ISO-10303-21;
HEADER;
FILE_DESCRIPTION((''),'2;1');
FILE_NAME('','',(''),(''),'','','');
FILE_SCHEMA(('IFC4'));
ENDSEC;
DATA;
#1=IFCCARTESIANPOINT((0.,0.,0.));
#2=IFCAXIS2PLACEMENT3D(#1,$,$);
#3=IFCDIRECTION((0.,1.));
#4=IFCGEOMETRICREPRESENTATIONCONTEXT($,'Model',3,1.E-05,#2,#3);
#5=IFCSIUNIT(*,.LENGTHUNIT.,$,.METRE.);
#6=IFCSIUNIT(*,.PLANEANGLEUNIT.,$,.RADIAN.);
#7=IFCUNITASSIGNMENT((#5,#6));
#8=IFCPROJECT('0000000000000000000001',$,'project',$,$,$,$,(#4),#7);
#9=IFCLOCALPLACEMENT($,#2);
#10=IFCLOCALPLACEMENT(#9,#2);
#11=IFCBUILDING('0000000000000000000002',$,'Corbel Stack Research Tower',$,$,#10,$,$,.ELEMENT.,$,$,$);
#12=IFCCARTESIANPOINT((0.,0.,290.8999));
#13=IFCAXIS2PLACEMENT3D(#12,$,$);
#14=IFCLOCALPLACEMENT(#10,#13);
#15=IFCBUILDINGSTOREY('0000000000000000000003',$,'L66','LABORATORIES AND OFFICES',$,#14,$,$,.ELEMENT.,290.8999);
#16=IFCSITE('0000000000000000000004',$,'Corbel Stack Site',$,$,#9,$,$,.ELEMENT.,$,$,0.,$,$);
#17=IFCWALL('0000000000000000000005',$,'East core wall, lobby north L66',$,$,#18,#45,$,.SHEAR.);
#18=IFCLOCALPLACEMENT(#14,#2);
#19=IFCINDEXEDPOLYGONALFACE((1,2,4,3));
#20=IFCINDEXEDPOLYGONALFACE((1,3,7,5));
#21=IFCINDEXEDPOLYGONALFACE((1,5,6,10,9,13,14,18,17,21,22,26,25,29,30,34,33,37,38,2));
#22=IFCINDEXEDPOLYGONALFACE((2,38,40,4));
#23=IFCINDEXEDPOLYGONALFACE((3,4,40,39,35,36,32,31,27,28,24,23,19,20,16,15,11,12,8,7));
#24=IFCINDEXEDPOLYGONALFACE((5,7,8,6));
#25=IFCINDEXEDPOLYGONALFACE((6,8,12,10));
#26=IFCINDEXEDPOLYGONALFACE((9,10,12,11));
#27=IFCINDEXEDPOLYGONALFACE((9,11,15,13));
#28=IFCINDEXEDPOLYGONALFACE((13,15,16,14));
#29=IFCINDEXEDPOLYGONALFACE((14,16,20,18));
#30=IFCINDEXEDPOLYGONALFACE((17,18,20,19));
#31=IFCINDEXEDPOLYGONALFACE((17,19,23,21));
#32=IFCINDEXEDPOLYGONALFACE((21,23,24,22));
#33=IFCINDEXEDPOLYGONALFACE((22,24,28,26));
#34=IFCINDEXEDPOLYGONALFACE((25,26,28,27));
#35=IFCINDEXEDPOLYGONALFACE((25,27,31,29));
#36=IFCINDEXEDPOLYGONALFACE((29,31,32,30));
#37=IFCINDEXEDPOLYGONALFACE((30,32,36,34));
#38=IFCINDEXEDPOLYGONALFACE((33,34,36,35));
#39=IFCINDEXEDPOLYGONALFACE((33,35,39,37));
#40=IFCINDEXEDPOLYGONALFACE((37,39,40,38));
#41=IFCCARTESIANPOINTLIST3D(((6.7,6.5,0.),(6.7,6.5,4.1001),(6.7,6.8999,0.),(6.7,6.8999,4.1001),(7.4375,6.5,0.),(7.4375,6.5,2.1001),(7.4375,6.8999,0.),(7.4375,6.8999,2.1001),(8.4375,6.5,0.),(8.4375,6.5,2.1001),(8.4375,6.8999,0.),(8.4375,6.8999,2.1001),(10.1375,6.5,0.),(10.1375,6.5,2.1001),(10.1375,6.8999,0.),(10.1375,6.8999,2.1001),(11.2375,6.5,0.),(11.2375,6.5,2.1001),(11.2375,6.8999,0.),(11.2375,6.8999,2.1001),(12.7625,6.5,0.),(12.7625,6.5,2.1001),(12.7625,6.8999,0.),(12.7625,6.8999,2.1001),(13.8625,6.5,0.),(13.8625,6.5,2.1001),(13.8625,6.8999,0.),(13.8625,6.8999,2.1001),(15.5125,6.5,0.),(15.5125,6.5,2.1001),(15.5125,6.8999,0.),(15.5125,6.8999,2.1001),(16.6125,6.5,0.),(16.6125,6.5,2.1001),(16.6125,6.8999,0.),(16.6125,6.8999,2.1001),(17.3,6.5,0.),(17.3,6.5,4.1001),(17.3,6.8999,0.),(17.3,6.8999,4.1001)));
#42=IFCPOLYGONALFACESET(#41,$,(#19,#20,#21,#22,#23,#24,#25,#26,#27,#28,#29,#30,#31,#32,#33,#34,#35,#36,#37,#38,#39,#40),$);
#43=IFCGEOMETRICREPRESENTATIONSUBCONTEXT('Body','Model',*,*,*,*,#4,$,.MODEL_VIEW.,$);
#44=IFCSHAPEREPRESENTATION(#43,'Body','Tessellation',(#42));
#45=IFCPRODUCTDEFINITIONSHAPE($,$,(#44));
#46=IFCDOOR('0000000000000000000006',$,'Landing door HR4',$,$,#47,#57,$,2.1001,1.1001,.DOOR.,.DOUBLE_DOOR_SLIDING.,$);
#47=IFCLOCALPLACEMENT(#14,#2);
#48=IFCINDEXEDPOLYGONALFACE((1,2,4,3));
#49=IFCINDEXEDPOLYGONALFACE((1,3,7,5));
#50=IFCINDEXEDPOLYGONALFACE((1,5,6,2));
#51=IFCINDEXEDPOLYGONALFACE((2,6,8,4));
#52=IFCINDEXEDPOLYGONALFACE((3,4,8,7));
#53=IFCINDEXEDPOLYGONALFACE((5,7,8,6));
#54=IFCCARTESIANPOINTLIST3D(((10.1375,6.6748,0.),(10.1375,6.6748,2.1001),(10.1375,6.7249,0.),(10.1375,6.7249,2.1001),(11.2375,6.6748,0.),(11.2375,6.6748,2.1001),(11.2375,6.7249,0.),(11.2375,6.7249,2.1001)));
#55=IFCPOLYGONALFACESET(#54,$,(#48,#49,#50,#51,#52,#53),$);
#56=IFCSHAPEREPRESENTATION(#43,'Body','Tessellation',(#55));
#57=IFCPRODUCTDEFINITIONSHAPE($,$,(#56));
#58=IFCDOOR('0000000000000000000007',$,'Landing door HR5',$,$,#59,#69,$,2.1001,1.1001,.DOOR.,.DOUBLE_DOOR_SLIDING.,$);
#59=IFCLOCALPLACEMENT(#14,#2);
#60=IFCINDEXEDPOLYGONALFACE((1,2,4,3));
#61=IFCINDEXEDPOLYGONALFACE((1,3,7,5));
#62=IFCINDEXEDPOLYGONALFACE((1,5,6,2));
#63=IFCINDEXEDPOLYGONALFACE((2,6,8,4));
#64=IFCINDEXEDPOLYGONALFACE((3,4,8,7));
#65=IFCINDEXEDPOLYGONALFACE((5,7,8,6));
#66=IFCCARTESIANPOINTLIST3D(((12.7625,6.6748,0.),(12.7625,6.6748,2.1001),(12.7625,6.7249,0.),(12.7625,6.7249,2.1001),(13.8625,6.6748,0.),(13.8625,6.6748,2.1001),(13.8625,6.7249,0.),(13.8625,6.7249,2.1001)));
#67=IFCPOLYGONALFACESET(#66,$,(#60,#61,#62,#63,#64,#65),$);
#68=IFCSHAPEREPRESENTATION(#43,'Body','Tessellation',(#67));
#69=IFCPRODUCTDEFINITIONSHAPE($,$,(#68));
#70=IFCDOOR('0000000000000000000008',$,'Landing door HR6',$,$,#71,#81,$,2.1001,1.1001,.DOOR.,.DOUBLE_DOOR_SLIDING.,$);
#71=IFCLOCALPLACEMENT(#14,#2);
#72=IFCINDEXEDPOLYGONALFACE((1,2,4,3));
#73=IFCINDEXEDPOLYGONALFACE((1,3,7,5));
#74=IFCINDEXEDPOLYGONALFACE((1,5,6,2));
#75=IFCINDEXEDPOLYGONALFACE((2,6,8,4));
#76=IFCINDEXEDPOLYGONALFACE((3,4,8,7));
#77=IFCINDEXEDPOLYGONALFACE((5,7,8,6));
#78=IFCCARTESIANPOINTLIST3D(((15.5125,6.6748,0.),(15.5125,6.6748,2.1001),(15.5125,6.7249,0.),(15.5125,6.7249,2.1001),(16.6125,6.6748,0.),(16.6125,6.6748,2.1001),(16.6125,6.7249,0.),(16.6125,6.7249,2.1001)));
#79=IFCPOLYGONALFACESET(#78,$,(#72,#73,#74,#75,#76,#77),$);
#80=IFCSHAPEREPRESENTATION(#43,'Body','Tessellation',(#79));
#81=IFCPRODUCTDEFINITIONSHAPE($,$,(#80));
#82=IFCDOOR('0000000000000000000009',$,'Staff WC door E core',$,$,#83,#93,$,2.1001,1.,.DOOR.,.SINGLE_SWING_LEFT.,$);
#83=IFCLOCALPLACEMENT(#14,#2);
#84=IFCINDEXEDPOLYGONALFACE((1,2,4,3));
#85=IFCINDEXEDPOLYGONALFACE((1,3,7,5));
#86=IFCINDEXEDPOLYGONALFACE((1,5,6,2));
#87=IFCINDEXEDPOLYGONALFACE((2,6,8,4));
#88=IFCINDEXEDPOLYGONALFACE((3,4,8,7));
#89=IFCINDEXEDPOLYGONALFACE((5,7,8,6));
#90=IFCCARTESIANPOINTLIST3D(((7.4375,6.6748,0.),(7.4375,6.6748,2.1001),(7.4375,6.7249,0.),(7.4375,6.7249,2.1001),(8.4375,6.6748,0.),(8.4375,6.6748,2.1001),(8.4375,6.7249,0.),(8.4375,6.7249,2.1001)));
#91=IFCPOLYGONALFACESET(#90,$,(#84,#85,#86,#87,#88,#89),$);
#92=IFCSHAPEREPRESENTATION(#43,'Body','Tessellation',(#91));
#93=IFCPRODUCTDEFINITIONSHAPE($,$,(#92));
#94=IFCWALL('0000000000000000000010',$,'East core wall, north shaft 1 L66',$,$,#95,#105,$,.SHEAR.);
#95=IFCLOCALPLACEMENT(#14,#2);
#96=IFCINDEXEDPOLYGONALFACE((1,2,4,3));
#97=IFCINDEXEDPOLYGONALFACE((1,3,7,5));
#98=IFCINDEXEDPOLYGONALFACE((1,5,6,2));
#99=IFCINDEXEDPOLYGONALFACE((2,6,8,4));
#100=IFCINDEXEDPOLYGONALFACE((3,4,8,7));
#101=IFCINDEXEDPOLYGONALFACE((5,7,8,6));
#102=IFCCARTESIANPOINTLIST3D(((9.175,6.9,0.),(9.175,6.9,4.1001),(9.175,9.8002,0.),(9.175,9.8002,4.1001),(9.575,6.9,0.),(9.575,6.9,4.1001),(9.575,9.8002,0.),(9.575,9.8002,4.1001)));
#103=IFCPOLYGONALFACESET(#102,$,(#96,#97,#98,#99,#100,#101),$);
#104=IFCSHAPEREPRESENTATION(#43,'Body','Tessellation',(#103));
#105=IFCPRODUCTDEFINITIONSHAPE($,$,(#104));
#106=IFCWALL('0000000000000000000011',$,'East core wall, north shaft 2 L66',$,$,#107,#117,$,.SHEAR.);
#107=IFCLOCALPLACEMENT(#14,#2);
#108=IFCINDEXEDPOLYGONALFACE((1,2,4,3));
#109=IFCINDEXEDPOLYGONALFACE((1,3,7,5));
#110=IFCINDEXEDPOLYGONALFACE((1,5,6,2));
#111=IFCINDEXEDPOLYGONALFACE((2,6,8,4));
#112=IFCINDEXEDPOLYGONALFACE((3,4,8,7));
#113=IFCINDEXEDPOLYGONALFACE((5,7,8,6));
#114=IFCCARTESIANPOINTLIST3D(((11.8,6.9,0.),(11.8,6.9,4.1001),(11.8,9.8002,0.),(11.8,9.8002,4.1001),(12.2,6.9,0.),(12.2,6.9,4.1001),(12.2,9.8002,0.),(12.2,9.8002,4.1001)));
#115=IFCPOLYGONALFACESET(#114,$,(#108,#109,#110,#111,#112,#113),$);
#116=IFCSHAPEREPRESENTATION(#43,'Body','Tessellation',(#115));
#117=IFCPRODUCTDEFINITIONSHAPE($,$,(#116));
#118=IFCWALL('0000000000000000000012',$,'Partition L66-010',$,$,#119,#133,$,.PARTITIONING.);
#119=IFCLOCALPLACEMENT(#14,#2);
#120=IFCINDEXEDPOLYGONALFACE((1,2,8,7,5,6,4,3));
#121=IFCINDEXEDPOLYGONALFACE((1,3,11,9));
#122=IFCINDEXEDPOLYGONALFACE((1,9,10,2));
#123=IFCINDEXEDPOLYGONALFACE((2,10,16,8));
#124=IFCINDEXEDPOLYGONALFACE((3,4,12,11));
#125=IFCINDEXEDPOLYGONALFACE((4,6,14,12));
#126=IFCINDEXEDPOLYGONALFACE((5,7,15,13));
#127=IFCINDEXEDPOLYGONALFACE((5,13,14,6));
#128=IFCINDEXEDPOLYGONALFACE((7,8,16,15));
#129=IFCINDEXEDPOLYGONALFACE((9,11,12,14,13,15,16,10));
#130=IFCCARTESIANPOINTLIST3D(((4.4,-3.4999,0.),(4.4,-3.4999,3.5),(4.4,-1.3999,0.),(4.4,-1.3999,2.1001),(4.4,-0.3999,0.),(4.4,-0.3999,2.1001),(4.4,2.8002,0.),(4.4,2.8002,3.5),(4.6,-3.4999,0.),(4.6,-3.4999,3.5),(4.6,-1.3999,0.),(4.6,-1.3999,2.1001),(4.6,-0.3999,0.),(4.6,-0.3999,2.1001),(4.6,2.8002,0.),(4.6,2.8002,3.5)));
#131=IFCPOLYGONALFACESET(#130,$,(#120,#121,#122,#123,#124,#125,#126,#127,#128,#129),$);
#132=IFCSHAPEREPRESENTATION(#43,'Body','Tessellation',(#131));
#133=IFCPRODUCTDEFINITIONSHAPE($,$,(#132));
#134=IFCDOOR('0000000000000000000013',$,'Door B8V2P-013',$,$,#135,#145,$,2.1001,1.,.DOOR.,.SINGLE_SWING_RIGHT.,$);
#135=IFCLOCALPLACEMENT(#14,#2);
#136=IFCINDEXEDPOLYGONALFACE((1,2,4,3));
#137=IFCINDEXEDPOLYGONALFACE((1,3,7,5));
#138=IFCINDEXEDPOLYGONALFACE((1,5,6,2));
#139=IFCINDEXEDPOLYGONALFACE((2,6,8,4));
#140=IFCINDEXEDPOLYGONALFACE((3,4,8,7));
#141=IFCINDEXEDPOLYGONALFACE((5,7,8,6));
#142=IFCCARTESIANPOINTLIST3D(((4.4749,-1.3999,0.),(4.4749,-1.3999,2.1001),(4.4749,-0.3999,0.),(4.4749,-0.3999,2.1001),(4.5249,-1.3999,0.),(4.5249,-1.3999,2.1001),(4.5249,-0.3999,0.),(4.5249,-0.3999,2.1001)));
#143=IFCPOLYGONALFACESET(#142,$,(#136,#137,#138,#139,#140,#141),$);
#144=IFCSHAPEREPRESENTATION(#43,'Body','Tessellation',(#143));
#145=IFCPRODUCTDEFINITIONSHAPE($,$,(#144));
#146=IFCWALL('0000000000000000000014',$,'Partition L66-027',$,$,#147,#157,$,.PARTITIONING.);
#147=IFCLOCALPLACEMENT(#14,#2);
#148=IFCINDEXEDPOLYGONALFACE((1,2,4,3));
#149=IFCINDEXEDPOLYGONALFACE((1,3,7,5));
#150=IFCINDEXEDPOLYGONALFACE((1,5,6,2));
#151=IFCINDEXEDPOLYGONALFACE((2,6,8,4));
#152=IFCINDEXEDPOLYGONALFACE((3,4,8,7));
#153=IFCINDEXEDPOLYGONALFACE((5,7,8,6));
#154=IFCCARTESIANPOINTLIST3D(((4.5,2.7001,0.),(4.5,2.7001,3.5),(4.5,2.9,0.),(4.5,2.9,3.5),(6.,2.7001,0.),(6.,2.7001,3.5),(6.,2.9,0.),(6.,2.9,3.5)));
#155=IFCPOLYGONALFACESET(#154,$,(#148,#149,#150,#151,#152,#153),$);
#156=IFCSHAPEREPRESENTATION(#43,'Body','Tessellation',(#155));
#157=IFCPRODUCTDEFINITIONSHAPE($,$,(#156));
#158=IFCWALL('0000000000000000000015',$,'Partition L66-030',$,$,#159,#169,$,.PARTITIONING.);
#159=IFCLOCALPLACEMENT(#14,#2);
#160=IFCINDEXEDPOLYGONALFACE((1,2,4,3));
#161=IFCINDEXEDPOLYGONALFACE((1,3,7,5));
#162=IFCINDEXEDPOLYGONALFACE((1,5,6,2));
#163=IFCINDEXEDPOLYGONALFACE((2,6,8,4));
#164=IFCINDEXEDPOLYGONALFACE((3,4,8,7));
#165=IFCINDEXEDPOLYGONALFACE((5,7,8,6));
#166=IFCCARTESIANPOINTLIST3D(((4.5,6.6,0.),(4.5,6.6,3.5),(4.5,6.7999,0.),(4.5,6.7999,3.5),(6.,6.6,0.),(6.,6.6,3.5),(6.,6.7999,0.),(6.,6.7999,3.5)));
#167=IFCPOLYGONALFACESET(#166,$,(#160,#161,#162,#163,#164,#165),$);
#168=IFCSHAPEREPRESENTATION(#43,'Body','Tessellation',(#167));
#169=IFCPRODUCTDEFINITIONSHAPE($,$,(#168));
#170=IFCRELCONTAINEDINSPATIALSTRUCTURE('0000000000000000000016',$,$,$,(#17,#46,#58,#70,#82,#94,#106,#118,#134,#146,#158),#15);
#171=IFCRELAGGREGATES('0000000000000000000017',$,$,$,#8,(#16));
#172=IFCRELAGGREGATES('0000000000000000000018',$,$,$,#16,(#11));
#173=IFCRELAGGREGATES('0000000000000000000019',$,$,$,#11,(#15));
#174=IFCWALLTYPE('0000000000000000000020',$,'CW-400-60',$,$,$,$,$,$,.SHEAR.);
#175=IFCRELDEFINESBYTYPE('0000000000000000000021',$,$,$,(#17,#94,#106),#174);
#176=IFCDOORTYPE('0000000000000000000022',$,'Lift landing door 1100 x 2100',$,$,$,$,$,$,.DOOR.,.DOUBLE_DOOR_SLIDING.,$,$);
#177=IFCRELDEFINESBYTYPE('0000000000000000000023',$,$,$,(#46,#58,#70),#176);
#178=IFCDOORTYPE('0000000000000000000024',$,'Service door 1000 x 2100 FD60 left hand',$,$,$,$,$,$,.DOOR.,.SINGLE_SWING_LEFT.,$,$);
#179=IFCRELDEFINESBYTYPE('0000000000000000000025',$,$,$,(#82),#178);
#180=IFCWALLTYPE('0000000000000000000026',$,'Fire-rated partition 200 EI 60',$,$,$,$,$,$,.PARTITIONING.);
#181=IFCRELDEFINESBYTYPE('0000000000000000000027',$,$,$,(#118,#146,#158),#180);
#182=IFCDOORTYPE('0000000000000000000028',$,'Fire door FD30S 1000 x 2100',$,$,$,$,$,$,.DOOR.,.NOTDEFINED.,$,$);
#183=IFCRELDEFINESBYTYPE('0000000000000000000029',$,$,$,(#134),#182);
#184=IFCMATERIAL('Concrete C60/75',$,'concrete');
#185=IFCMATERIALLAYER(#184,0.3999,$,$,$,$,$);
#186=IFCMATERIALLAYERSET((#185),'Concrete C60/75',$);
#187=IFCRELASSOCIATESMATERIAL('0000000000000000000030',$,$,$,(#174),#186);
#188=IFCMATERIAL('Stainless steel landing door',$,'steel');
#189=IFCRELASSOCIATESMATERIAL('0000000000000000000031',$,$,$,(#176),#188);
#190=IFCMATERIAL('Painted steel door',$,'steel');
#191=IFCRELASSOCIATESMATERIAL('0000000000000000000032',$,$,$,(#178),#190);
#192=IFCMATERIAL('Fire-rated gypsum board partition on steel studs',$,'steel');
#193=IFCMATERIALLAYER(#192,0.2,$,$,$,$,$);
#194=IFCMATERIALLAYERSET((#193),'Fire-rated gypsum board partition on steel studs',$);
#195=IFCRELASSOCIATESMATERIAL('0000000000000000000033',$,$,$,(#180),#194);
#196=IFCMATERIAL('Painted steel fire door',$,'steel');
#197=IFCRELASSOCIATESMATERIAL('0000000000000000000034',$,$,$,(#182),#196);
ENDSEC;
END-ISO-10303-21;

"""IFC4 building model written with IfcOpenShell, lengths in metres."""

from ifc_helpers import new_model, si_unit, direction, frame, frame_2d, origin, place, context, subcontext, project, spatial, rectangle, extrude, material, layer, layer_set, type_object, element, fill, save


model = new_model("IFC4")

# Units and contexts
model_context = context("Model", 3, precision=1e-05, world=origin(), true_north=direction((0.0, 1.0)))
body_context = subcontext(model_context, "Body", "Model", "MODEL_VIEW")
ifc_project = project(units=[si_unit("LENGTHUNIT", "METRE"), si_unit("PLANEANGLEUNIT", "RADIAN")], contexts=[model_context])

# Site, building, storey
site_placement = place(None, origin())
site = spatial("IfcSite", under=ifc_project, at=site_placement, Name="Corbel Stack Site", CompositionType="ELEMENT", RefElevation=0.0)
building_placement = place(site_placement, origin())
building = spatial("IfcBuilding", under=site, at=building_placement, Name="Corbel Stack Research Tower", CompositionType="ELEMENT")
storey_placement = place(building_placement, frame((0.0, 0.0, 290.8999)))
storey = spatial("IfcBuildingStorey", under=building, at=storey_placement, Name="L66", Description="LABORATORIES AND OFFICES", CompositionType="ELEMENT", Elevation=290.8999)

# Wall, openings, doors
ifc_material_1 = material(Name="Concrete C60/75", Category="concrete")
ifc_layer_1 = layer(ifc_material_1, 0.3999)
ifc_layer_set_1 = layer_set([ifc_layer_1], Name="Concrete C60/75")
wall_type_1 = type_object("IfcWallType", Name="CW-400-60", PredefinedType="SHEAR", material=ifc_layer_set_1)
ifc_material_2 = material(Name="Stainless steel landing door", Category="steel")
door_type_1 = type_object("IfcDoorType", Name="Lift landing door 1100 x 2100", OperationType="DOUBLE_DOOR_SLIDING", PredefinedType="DOOR", material=ifc_material_2)
ifc_material_3 = material(Name="Painted steel door", Category="steel")
door_type_2 = type_object("IfcDoorType", Name="Service door 1000 x 2100 FD60 left hand", OperationType="SINGLE_SWING_LEFT", PredefinedType="DOOR", material=ifc_material_3)
wall_1_placement = place(storey_placement, frame((6.7, 6.7, 0.0), z_axis=(0.0, 0.0, 1.0), x_axis=(1.0, 0.0, 0.0)))
wall_1 = element("IfcWall", 1, at=wall_1_placement, inside=storey, type_object=wall_type_1, Name="East core wall, lobby north L66", PredefinedType="SHEAR", context=body_context, shape_type="SweptSolid", body=[
    extrude(rectangle(XDim=10.6001, YDim=0.3999, at=frame_2d((5.3, 0.0))), origin(), (0.0, 0.0, 1.0), 4.1001),
])
opening_1_placement = place(wall_1_placement, frame((3.4375, 0.0, 0.0)))
opening_1 = element("IfcOpeningElement", 2, at=opening_1_placement, cuts=wall_1, PredefinedType="OPENING", context=body_context, shape_type="SweptSolid", body=[
    extrude(rectangle(XDim=1.1001, YDim=2.1001, at=frame_2d((0.55, 1.05))), frame((0.0, 0.21, 0.0), z_axis=(0.0, -1.0, 0.0), x_axis=(1.0, 0.0, 0.0)), (0.0, 0.0, 1.0), 0.4199),
])
opening_2_placement = place(wall_1_placement, frame((6.0625, 0.0, 0.0)))
opening_2 = element("IfcOpeningElement", 3, at=opening_2_placement, cuts=wall_1, PredefinedType="OPENING", context=body_context, shape_type="SweptSolid", body=[
    extrude(rectangle(XDim=1.1001, YDim=2.1001, at=frame_2d((0.55, 1.05))), frame((0.0, 0.21, 0.0), z_axis=(0.0, -1.0, 0.0), x_axis=(1.0, 0.0, 0.0)), (0.0, 0.0, 1.0), 0.4199),
])
opening_3_placement = place(wall_1_placement, frame((8.8125, 0.0, 0.0)))
opening_3 = element("IfcOpeningElement", 4, at=opening_3_placement, cuts=wall_1, PredefinedType="OPENING", context=body_context, shape_type="SweptSolid", body=[
    extrude(rectangle(XDim=1.1001, YDim=2.1001, at=frame_2d((0.55, 1.05))), frame((0.0, 0.21, 0.0), z_axis=(0.0, -1.0, 0.0), x_axis=(1.0, 0.0, 0.0)), (0.0, 0.0, 1.0), 0.4199),
])
opening_4_placement = place(wall_1_placement, frame((0.7375, 0.0, 0.0)))
opening_4 = element("IfcOpeningElement", 5, at=opening_4_placement, cuts=wall_1, PredefinedType="OPENING", context=body_context, shape_type="SweptSolid", body=[
    extrude(rectangle(XDim=1.0, YDim=2.1001, at=frame_2d((0.5, 1.05))), frame((0.0, 0.21, 0.0), z_axis=(0.0, -1.0, 0.0), x_axis=(1.0, 0.0, 0.0)), (0.0, 0.0, 1.0), 0.4199),
])
door_1_placement = place(opening_1_placement, origin())
door_1 = element("IfcDoor", 6, at=door_1_placement, inside=storey, type_object=door_type_1, Name="Landing door HR4", OperationType="DOUBLE_DOOR_SLIDING", OverallHeight=2.1001, OverallWidth=1.1001, PredefinedType="DOOR", context=body_context, shape_type="SweptSolid", body=[
    extrude(rectangle(XDim=1.1001, YDim=2.1001, at=frame_2d((0.55, 1.05))), frame((0.0, 0.0249, 0.0), z_axis=(0.0, -1.0, 0.0), x_axis=(1.0, 0.0, 0.0)), (0.0, 0.0, 1.0), 0.05),
])
fill(opening_1, door_1)
door_2_placement = place(opening_2_placement, origin())
door_2 = element("IfcDoor", 7, at=door_2_placement, inside=storey, type_object=door_type_1, Name="Landing door HR5", OperationType="DOUBLE_DOOR_SLIDING", OverallHeight=2.1001, OverallWidth=1.1001, PredefinedType="DOOR", context=body_context, shape_type="SweptSolid", body=[
    extrude(rectangle(XDim=1.1001, YDim=2.1001, at=frame_2d((0.55, 1.05))), frame((0.0, 0.0249, 0.0), z_axis=(0.0, -1.0, 0.0), x_axis=(1.0, 0.0, 0.0)), (0.0, 0.0, 1.0), 0.05),
])
fill(opening_2, door_2)
door_3_placement = place(opening_3_placement, origin())
door_3 = element("IfcDoor", 8, at=door_3_placement, inside=storey, type_object=door_type_1, Name="Landing door HR6", OperationType="DOUBLE_DOOR_SLIDING", OverallHeight=2.1001, OverallWidth=1.1001, PredefinedType="DOOR", context=body_context, shape_type="SweptSolid", body=[
    extrude(rectangle(XDim=1.1001, YDim=2.1001, at=frame_2d((0.55, 1.05))), frame((0.0, 0.0249, 0.0), z_axis=(0.0, -1.0, 0.0), x_axis=(1.0, 0.0, 0.0)), (0.0, 0.0, 1.0), 0.05),
])
fill(opening_3, door_3)
door_4_placement = place(opening_4_placement, origin())
door_4 = element("IfcDoor", 9, at=door_4_placement, inside=storey, type_object=door_type_2, Name="Staff WC door E core", OperationType="SINGLE_SWING_LEFT", OverallHeight=2.1001, OverallWidth=1.0, PredefinedType="DOOR", context=body_context, shape_type="SweptSolid", body=[
    extrude(rectangle(XDim=1.0, YDim=2.1001, at=frame_2d((0.5, 1.05))), frame((0.0, 0.0249, 0.0), z_axis=(0.0, -1.0, 0.0), x_axis=(1.0, 0.0, 0.0)), (0.0, 0.0, 1.0), 0.05),
])
fill(opening_4, door_4)

# Walls
for number, where, z_axis, x_axis, name in (
    (10, (9.375, 6.8999, 0.0), (0.0, 0.0, 1.0), (0.0, 1.0, 0.0), "East core wall, north shaft 1 L66"),
    (11, (12.0, 6.8999, 0.0), (0.0, 0.0, 1.0), (0.0, 1.0, 0.0), "East core wall, north shaft 2 L66"),
):
    element("IfcWall", number, at=place(storey_placement, frame(where, z_axis=z_axis, x_axis=x_axis)), inside=storey, type_object=wall_type_1, Name=name, PredefinedType="SHEAR", context=body_context, shape_type="SweptSolid", body=[
        extrude(rectangle(XDim=2.9001, YDim=0.3999, at=frame_2d((1.4502, 0.0))), origin(), (0.0, 0.0, 1.0), 4.1001),
    ])

# Wall, opening, door
ifc_material_4 = material(Name="Fire-rated gypsum board partition on steel studs", Category="steel")
ifc_layer_2 = layer(ifc_material_4, 0.2)
ifc_layer_set_2 = layer_set([ifc_layer_2], Name="Fire-rated gypsum board partition on steel studs")
wall_type_2 = type_object("IfcWallType", Name="Fire-rated partition 200 EI 60", PredefinedType="PARTITIONING", material=ifc_layer_set_2)
wall_2_placement = place(storey_placement, frame((4.5, 2.8, 0.0), z_axis=(0.0, 0.0, 1.0), x_axis=(0.0, -1.0, 0.0)))
wall_2 = element("IfcWall", 12, at=wall_2_placement, inside=storey, type_object=wall_type_2, Name="Partition L66-010", PredefinedType="PARTITIONING", context=body_context, shape_type="SweptSolid", body=[
    extrude(rectangle(XDim=6.3, YDim=0.2, at=frame_2d((3.1499, 0.0))), origin(), (0.0, 0.0, 1.0), 3.5),
])
opening_5_placement = place(wall_2_placement, frame((3.2, 0.0, 0.0)))
opening_5 = element("IfcOpeningElement", 13, at=opening_5_placement, cuts=wall_2, PredefinedType="OPENING", context=body_context, shape_type="SweptSolid", body=[
    extrude(rectangle(XDim=1.0, YDim=2.1001, at=frame_2d((0.5, 1.05))), frame((0.0, 0.1099, 0.0), z_axis=(0.0, -1.0, 0.0), x_axis=(1.0, 0.0, 0.0)), (0.0, 0.0, 1.0), 0.22),
])
ifc_material_5 = material(Name="Painted steel fire door", Category="steel")
door_type_3 = type_object("IfcDoorType", Name="Fire door FD30S 1000 x 2100", OperationType="NOTDEFINED", PredefinedType="DOOR", material=ifc_material_5)
door_5_placement = place(opening_5_placement, origin())
door_5 = element("IfcDoor", 14, at=door_5_placement, inside=storey, type_object=door_type_3, Name="Door B8V2P-013", OperationType="SINGLE_SWING_RIGHT", OverallHeight=2.1001, OverallWidth=1.0, PredefinedType="DOOR", context=body_context, shape_type="SweptSolid", body=[
    extrude(rectangle(XDim=1.0, YDim=2.1001, at=frame_2d((0.5, 1.05))), frame((0.0, 0.0249, 0.0), z_axis=(0.0, -1.0, 0.0), x_axis=(1.0, 0.0, 0.0)), (0.0, 0.0, 1.0), 0.05),
])
fill(opening_5, door_5)

# Walls
for number, where, z_axis, x_axis, name in (
    (15, (4.5, 2.8, 0.0), (0.0, 0.0, 1.0), (1.0, 0.0, 0.0), "Partition L66-027"),
    (16, (4.5, 6.7, 0.0), (0.0, 0.0, 1.0), (1.0, 0.0, 0.0), "Partition L66-030"),
):
    element("IfcWall", number, at=place(storey_placement, frame(where, z_axis=z_axis, x_axis=x_axis)), inside=storey, type_object=wall_type_2, Name=name, PredefinedType="PARTITIONING", context=body_context, shape_type="SweptSolid", body=[
        extrude(rectangle(XDim=1.5, YDim=0.2, at=frame_2d((0.75, 0.0))), origin(), (0.0, 0.0, 1.0), 3.5),
    ])

save(model, "model.ifc")
